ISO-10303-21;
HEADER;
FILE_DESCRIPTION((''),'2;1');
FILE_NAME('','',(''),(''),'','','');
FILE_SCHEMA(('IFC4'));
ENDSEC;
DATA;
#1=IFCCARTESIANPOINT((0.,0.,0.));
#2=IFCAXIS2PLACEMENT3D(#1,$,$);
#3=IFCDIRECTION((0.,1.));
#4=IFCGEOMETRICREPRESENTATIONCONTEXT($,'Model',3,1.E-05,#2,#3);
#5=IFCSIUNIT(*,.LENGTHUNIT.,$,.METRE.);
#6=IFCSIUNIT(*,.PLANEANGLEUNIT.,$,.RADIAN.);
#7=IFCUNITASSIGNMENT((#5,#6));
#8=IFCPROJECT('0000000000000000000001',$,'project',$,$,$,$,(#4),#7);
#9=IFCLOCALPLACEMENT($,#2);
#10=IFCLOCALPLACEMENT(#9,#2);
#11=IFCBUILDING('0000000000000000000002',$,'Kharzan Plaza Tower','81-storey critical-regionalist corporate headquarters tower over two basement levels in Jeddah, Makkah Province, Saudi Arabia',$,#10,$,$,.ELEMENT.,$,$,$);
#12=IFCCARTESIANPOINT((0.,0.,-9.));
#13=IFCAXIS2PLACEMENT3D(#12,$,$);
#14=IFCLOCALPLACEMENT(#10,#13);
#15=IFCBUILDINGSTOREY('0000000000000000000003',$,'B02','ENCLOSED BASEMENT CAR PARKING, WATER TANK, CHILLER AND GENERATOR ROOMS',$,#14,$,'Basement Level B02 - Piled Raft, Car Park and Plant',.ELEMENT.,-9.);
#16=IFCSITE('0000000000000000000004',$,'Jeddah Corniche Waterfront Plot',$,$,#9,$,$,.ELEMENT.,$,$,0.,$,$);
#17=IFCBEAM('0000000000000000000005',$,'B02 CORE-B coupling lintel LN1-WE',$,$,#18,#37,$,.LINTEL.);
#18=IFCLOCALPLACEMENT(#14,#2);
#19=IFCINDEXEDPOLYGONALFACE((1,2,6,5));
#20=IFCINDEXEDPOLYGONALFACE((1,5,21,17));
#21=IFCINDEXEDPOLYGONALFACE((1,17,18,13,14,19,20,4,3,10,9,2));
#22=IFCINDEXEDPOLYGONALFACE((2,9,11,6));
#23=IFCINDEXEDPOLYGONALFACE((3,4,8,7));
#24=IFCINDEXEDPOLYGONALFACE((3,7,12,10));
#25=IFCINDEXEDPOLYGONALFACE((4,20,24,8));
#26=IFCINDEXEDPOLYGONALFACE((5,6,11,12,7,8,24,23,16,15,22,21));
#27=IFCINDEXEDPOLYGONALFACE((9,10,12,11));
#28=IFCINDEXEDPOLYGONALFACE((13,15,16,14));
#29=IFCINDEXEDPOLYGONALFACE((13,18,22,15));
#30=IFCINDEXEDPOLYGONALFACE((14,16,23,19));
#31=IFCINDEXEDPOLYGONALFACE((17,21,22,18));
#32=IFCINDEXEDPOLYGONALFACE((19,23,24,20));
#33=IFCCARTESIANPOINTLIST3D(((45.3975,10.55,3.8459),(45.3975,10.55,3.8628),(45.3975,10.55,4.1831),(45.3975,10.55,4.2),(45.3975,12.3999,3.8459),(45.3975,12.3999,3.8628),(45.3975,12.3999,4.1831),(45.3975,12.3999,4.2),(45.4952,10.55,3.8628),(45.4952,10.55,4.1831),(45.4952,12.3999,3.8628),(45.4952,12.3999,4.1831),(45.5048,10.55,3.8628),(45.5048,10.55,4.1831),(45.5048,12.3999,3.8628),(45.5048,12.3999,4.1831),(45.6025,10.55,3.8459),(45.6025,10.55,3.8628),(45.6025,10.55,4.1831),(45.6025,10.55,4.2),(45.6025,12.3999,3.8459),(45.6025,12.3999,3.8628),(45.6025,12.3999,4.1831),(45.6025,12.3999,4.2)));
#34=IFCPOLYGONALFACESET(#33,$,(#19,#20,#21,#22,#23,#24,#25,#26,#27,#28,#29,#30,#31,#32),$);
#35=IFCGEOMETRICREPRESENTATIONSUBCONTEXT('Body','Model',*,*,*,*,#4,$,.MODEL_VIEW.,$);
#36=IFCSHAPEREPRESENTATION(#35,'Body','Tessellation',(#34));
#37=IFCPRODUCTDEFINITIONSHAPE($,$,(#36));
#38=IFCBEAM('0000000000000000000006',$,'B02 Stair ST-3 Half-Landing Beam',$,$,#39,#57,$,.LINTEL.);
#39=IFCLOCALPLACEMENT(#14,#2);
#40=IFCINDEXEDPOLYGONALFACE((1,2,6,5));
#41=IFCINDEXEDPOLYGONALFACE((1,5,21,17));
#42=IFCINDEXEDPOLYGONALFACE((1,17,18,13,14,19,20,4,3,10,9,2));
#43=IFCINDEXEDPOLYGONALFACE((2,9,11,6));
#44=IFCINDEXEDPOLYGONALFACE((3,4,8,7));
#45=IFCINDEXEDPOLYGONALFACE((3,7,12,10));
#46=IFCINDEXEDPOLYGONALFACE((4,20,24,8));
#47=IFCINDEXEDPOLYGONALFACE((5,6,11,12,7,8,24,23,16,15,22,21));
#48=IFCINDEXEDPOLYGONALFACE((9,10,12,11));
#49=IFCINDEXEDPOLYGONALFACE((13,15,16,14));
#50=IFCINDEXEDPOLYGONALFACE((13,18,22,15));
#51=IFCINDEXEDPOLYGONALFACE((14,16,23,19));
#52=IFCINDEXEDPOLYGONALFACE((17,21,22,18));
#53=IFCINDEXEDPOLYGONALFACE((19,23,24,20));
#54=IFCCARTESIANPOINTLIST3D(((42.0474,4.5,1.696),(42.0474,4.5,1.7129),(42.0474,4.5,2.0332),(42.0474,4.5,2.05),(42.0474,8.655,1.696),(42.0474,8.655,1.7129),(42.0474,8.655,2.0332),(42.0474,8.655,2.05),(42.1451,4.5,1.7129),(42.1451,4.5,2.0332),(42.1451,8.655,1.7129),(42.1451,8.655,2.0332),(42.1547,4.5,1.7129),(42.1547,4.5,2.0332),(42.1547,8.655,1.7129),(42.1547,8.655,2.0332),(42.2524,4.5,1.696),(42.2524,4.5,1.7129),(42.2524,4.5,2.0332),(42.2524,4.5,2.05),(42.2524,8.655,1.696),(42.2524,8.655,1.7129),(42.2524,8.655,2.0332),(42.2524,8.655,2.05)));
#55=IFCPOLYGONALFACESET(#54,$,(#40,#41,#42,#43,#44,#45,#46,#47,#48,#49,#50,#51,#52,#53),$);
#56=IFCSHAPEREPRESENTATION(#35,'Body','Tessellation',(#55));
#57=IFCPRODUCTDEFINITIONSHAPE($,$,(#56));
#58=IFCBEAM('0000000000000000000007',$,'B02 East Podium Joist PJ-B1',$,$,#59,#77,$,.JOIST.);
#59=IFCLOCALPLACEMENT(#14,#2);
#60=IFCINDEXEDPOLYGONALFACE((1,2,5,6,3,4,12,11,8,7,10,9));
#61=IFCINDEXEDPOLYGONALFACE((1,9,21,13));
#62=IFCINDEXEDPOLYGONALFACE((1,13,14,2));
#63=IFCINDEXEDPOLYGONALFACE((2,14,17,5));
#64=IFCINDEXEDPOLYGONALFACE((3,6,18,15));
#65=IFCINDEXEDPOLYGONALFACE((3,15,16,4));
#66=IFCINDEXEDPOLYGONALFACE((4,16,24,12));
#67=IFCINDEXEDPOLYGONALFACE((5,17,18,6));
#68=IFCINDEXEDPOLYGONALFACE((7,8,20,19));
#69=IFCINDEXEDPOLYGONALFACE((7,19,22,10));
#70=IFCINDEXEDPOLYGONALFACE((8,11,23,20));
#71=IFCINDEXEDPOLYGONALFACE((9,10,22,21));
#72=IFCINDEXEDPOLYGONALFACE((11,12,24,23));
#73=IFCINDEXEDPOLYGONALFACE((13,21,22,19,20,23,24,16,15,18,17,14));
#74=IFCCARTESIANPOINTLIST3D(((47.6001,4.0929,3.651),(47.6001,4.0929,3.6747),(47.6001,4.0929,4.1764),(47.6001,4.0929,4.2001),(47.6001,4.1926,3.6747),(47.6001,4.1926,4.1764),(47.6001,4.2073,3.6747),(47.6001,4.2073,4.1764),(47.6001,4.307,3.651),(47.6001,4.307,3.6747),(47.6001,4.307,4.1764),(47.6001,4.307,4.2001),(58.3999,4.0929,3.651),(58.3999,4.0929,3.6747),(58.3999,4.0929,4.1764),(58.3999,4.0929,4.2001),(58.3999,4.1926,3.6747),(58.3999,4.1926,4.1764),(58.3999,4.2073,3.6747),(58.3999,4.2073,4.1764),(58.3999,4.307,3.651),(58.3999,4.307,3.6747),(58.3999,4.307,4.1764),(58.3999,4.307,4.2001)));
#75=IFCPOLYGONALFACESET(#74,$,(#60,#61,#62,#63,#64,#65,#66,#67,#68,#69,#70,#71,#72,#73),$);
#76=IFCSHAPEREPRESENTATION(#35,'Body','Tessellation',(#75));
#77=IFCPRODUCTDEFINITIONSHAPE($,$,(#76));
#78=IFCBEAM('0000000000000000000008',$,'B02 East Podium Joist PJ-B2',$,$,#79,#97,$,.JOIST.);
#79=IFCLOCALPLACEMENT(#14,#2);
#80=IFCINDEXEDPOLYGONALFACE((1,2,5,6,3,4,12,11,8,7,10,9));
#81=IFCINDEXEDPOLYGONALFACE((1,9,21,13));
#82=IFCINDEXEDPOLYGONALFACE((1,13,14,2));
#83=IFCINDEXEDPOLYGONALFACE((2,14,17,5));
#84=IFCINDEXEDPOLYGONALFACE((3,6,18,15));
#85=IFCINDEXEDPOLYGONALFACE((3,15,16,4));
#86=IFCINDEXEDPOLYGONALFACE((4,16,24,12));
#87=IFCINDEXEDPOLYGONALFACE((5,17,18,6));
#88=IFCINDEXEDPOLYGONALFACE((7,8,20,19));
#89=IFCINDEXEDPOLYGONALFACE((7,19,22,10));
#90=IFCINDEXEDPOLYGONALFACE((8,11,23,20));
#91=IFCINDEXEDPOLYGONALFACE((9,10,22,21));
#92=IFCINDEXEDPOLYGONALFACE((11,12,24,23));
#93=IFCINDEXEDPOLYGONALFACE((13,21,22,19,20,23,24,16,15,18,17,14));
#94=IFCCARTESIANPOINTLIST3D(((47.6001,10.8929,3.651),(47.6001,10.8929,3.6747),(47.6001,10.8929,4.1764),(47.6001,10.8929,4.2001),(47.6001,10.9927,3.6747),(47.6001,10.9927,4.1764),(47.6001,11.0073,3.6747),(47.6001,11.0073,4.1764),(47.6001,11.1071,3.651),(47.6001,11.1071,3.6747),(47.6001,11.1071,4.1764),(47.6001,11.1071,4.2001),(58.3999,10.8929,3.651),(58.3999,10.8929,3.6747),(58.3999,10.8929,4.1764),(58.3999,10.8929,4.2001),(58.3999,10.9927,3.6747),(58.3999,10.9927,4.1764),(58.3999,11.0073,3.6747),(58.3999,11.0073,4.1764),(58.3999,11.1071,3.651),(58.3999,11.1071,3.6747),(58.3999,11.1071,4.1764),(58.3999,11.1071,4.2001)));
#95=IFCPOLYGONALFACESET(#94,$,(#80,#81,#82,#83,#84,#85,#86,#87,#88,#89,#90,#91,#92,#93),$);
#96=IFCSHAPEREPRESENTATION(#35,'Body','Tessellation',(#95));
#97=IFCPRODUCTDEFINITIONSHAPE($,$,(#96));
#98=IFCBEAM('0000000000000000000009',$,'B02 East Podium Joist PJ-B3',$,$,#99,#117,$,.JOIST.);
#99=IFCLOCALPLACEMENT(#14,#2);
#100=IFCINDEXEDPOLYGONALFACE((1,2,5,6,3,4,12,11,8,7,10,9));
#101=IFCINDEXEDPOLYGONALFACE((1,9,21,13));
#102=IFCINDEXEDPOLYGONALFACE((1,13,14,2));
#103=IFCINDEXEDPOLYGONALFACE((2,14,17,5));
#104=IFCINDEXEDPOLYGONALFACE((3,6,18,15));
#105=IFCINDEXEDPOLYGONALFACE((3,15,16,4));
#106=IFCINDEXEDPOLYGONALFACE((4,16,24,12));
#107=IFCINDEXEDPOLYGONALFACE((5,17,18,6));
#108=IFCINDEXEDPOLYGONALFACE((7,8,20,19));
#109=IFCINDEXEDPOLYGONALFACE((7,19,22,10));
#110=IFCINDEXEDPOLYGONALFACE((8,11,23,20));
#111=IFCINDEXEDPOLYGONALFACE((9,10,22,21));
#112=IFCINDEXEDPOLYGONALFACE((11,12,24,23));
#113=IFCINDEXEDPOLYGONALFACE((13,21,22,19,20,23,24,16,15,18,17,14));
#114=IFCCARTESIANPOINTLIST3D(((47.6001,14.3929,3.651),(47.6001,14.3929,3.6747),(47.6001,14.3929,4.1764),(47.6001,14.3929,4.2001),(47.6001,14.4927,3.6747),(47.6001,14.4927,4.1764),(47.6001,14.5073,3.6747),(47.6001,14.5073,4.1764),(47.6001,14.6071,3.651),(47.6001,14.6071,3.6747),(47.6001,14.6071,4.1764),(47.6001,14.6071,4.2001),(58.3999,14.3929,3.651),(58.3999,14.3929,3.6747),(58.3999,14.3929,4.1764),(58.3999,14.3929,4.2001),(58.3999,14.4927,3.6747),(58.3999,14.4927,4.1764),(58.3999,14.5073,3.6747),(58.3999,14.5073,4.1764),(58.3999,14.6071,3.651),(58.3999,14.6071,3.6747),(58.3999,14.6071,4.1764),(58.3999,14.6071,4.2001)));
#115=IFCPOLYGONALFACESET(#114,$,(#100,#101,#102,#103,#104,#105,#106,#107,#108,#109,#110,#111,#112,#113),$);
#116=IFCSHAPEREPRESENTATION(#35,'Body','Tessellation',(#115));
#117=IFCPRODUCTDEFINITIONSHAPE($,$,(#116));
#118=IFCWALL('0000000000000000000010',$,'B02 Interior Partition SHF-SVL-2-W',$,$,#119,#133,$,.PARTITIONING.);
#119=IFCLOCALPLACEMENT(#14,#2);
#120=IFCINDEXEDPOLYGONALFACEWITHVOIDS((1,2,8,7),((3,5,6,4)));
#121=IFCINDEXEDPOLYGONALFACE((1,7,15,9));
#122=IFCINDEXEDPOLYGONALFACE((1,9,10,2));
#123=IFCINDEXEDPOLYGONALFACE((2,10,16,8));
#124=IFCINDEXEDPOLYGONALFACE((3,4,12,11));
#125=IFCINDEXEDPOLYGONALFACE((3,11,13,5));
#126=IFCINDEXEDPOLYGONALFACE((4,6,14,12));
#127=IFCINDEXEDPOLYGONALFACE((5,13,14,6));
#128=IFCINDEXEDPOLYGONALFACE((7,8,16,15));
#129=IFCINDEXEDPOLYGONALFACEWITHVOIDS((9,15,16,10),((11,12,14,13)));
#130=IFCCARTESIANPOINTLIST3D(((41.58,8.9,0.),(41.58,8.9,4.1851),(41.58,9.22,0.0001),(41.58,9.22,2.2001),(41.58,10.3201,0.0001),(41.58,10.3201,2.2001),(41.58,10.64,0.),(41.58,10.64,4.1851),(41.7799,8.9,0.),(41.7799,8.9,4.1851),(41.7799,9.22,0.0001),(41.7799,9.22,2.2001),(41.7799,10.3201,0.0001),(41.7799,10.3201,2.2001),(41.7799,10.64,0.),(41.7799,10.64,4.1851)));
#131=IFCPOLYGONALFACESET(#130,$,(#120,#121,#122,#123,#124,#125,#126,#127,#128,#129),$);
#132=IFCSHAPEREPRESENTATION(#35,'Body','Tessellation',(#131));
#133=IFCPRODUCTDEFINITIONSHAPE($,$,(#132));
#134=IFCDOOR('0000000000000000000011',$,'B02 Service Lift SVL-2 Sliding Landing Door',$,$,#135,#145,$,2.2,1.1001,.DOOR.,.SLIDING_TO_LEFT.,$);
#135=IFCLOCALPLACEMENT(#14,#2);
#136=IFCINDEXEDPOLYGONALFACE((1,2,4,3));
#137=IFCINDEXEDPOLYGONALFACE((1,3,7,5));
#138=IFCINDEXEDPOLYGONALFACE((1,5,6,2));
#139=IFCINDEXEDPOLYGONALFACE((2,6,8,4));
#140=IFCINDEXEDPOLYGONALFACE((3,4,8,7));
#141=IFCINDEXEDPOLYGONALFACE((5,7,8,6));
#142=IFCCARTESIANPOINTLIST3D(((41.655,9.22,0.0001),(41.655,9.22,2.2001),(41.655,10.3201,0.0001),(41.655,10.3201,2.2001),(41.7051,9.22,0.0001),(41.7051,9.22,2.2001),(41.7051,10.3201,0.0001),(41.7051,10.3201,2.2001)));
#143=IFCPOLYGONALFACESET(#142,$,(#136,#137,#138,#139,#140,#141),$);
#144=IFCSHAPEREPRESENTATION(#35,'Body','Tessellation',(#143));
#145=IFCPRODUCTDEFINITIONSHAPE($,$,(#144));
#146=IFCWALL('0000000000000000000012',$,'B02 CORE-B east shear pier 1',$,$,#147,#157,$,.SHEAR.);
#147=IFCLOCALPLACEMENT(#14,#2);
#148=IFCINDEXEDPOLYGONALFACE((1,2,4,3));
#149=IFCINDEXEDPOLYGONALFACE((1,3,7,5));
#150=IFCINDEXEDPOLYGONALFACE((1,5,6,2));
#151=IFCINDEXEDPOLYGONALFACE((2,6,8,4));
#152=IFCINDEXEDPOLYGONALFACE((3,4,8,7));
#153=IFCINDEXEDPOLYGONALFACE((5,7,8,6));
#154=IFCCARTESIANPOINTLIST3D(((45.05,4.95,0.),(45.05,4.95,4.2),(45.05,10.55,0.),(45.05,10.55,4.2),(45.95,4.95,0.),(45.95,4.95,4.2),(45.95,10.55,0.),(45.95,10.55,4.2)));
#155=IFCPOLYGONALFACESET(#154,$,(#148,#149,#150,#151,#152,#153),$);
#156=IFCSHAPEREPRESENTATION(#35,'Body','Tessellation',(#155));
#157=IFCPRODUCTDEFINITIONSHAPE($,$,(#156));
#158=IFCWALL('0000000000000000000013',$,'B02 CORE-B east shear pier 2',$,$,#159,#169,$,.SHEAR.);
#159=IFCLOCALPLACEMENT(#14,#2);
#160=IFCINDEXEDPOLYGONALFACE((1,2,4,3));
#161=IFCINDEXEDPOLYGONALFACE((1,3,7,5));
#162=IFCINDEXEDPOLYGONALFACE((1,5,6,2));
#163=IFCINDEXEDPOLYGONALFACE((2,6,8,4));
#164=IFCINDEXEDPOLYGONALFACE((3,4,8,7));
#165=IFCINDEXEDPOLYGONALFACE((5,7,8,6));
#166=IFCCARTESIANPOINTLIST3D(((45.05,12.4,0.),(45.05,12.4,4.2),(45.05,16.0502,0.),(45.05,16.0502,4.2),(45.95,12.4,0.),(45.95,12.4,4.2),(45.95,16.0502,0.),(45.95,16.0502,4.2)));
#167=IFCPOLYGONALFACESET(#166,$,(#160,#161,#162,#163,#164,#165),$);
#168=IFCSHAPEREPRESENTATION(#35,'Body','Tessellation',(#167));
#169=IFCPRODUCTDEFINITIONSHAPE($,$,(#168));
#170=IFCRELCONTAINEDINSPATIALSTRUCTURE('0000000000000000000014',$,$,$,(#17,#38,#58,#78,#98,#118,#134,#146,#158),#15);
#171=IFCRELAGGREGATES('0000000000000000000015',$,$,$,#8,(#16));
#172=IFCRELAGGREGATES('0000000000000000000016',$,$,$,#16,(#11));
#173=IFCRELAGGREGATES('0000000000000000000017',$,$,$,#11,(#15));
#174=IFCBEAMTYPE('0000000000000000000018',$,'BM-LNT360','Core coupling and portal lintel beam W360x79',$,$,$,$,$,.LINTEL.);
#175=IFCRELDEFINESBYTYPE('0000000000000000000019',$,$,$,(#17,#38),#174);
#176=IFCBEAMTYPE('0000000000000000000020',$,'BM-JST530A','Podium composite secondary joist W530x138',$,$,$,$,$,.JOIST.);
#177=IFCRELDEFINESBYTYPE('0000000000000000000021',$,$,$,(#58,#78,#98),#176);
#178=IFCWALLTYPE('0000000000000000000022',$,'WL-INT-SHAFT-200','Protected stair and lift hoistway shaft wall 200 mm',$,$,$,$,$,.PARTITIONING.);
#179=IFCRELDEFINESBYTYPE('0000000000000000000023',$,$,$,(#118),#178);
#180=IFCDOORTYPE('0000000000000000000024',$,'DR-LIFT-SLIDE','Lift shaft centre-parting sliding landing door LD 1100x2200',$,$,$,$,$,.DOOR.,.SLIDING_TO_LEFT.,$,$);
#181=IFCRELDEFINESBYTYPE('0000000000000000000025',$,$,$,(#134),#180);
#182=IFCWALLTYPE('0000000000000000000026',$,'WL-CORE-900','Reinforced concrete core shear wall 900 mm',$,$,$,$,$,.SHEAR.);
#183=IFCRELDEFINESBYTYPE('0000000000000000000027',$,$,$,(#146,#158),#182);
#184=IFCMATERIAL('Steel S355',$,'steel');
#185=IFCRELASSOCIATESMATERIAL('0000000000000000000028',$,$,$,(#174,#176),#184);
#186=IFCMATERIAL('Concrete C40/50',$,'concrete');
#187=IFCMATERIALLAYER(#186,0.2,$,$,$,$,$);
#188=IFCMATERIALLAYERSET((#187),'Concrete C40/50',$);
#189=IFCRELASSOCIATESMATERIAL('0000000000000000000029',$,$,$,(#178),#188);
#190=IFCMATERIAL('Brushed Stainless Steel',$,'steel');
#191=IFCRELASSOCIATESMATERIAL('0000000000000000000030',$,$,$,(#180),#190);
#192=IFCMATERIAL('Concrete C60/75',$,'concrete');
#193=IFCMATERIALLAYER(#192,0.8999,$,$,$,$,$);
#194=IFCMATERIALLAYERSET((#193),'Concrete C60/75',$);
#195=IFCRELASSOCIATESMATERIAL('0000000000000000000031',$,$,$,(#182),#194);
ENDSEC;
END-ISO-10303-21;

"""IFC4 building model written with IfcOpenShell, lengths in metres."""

from ifc_helpers import new_model, si_unit, direction, frame, frame_2d, origin, origin_2d, place, context, subcontext, project, spatial, rectangle, i_section, extrude, source, transform, mapped, material, layer, layer_set, material_profile, profile_set, type_object, element, fill, save


model = new_model("IFC4")

# Units and contexts
model_context = context("Model", 3, precision=1e-05, world=origin(), true_north=direction((0.0, 1.0)))
body_context = subcontext(model_context, "Body", "Model", "MODEL_VIEW")
ifc_project = project(units=[si_unit("LENGTHUNIT", "METRE"), si_unit("PLANEANGLEUNIT", "RADIAN")], contexts=[model_context])

# Site, building, storey
site_placement = place(None, origin())
site = spatial("IfcSite", under=ifc_project, at=site_placement, Name="Jeddah Corniche Waterfront Plot", CompositionType="ELEMENT", RefElevation=0.0)
building_placement = place(site_placement, origin())
building = spatial("IfcBuilding", under=site, at=building_placement, Name="Kharzan Plaza Tower", Description="81-storey critical-regionalist corporate headquarters tower over two basement levels in Jeddah, Makkah Province, Saudi Arabia", CompositionType="ELEMENT")
storey_placement = place(building_placement, frame((0.0, 0.0, -9.0)))
storey = spatial("IfcBuildingStorey", under=building, at=storey_placement, Name="B02", Description="ENCLOSED BASEMENT CAR PARKING, WATER TANK, CHILLER AND GENERATOR ROOMS", LongName="Basement Level B02 - Piled Raft, Car Park and Plant", CompositionType="ELEMENT", Elevation=-9.0)

# Shared definitions
ifc_material_1 = material(Name="Concrete C60/75", Category="concrete")

# Beams
ifc_material_2 = material(Name="Steel S355", Category="steel")
ifc_material_profile_1 = material_profile(ifc_material_2, i_section(OverallWidth=0.2051, OverallDepth=0.354, WebThickness=0.0095, FlangeThickness=0.0168, at=origin_2d()), Name="W360x79")
ifc_profile_set_1 = profile_set([ifc_material_profile_1], Name="Steel S355")
beam_type_1 = type_object("IfcBeamType", Name="BM-LNT360", Description="Core coupling and portal lintel beam W360x79", PredefinedType="LINTEL", material=ifc_profile_set_1)
shared_shape_1 = source(origin(), body_context, "Body", "SweptSolid", [
    extrude(i_section(OverallWidth=0.2051, OverallDepth=0.354, WebThickness=0.0095, FlangeThickness=0.0168, at=origin_2d()), origin(), (0.0, 0.0, 1.0), 1.8499),
])
beam_1_placement = place(storey_placement, frame((45.5, 10.55, 4.0229), z_axis=(0.0, 1.0, 0.0), x_axis=(-1.0, 0.0, 0.0)))
element("IfcBeam", 1, at=beam_1_placement, inside=storey, type_object=beam_type_1, Name="B02 CORE-B coupling lintel LN1-WE", PredefinedType="LINTEL", context=body_context, shape_type="MappedRepresentation", body=[
    mapped(shared_shape_1, transform((0.0, 0.0, 0.0), x_axis=(1.0, 0.0, 0.0), y_axis=(0.0, 1.0, 0.0), z_axis=(0.0, 0.0, 1.0))),
])
shared_shape_2 = source(origin(), body_context, "Body", "SweptSolid", [
    extrude(i_section(OverallWidth=0.2051, OverallDepth=0.354, WebThickness=0.0095, FlangeThickness=0.0168, at=origin_2d()), origin(), (0.0, 0.0, 1.0), 4.155),
])
beam_2_placement = place(storey_placement, frame((42.1499, 4.5, 1.873), z_axis=(0.0, 1.0, 0.0), x_axis=(-1.0, 0.0, 0.0)))
element("IfcBeam", 2, at=beam_2_placement, inside=storey, type_object=beam_type_1, Name="B02 Stair ST-3 Half-Landing Beam", PredefinedType="LINTEL", context=body_context, shape_type="MappedRepresentation", body=[
    mapped(shared_shape_2, transform((0.0, 0.0, 0.0), x_axis=(1.0, 0.0, 0.0), y_axis=(0.0, 1.0, 0.0), z_axis=(0.0, 0.0, 1.0))),
])
ifc_material_profile_2 = material_profile(ifc_material_2, i_section(OverallWidth=0.2141, OverallDepth=0.5491, WebThickness=0.0146, FlangeThickness=0.0237, at=origin_2d()), Name="W530x138")
ifc_profile_set_2 = profile_set([ifc_material_profile_2], Name="Steel S355")
beam_type_2 = type_object("IfcBeamType", Name="BM-JST530A", Description="Podium composite secondary joist W530x138", PredefinedType="JOIST", material=ifc_profile_set_2)
shared_shape_3 = source(origin(), body_context, "Body", "SweptSolid", [
    extrude(i_section(OverallWidth=0.2141, OverallDepth=0.5491, WebThickness=0.0146, FlangeThickness=0.0237, at=origin_2d()), origin(), (0.0, 0.0, 1.0), 10.7998),
])
for number, where, z_axis, x_axis, name in (
    (3, (47.6001, 4.2, 3.9255), (1.0, 0.0, 0.0), (0.0, 1.0, 0.0), "B02 East Podium Joist PJ-B1"),
    (4, (47.6001, 11.0, 3.9255), (1.0, 0.0, 0.0), (0.0, 1.0, 0.0), "B02 East Podium Joist PJ-B2"),
    (5, (47.6001, 14.5, 3.9255), (1.0, 0.0, 0.0), (0.0, 1.0, 0.0), "B02 East Podium Joist PJ-B3"),
):
    element("IfcBeam", number, at=place(storey_placement, frame(where, z_axis=z_axis, x_axis=x_axis)), inside=storey, type_object=beam_type_2, Name=name, PredefinedType="JOIST", context=body_context, shape_type="MappedRepresentation", body=[
        mapped(shared_shape_3, transform((0.0, 0.0, 0.0), x_axis=(1.0, 0.0, 0.0), y_axis=(0.0, 1.0, 0.0), z_axis=(0.0, 0.0, 1.0))),
    ])

# Wall, opening, door
ifc_material_3 = material(Name="Concrete C40/50", Category="concrete")
ifc_layer_1 = layer(ifc_material_3, 0.2)
ifc_layer_set_1 = layer_set([ifc_layer_1], Name="Concrete C40/50")
wall_type_1 = type_object("IfcWallType", Name="WL-INT-SHAFT-200", Description="Protected stair and lift hoistway shaft wall 200 mm", PredefinedType="PARTITIONING", material=ifc_layer_set_1)
wall_1_placement = place(storey_placement, frame((41.6799, 8.8999, 0.0), z_axis=(0.0, 0.0, 1.0), x_axis=(0.0, 1.0, 0.0)))
wall_1 = element("IfcWall", 6, at=wall_1_placement, inside=storey, type_object=wall_type_1, Name="B02 Interior Partition SHF-SVL-2-W", PredefinedType="PARTITIONING", context=body_context, shape_type="SweptSolid", body=[
    extrude(rectangle(XDim=1.74, YDim=0.2, at=frame_2d((0.8701, 0.0))), origin(), (0.0, 0.0, 1.0), 4.1851),
])
opening_placement = place(wall_1_placement, frame((0.3201, 0.0, 0.0)))
opening = element("IfcOpeningElement", 7, at=opening_placement, cuts=wall_1, PredefinedType="OPENING", context=body_context, shape_type="SweptSolid", body=[
    extrude(rectangle(XDim=1.1001, YDim=2.2, at=frame_2d((0.55, 1.1001))), frame((0.0, 0.1099, 0.0), z_axis=(0.0, -1.0, 0.0), x_axis=(1.0, 0.0, 0.0)), (0.0, 0.0, 1.0), 0.22),
])
ifc_material_4 = material(Name="Brushed Stainless Steel", Category="steel")
door_type = type_object("IfcDoorType", Name="DR-LIFT-SLIDE", Description="Lift shaft centre-parting sliding landing door LD 1100x2200", OperationType="SLIDING_TO_LEFT", PredefinedType="DOOR", material=ifc_material_4)
shared_shape_4 = source(origin(), body_context, "Body", "SweptSolid", [
    extrude(rectangle(XDim=1.1001, YDim=2.2, at=frame_2d((0.55, 1.1001))), frame((0.0, 0.0249, 0.0), z_axis=(0.0, -1.0, 0.0), x_axis=(1.0, 0.0, 0.0)), (0.0, 0.0, 1.0), 0.05),
])
door_placement = place(opening_placement, origin())
door = element("IfcDoor", 8, at=door_placement, inside=storey, type_object=door_type, Name="B02 Service Lift SVL-2 Sliding Landing Door", OperationType="SLIDING_TO_LEFT", OverallHeight=2.2, OverallWidth=1.1001, PredefinedType="DOOR", context=body_context, shape_type="MappedRepresentation", body=[
    mapped(shared_shape_4, transform((0.0, 0.0, 0.0), x_axis=(1.0, 0.0, 0.0), y_axis=(0.0, 1.0, 0.0), z_axis=(0.0, 0.0, 1.0))),
])
fill(opening, door)

# Walls
ifc_layer_2 = layer(ifc_material_1, 0.8999)
ifc_layer_set_2 = layer_set([ifc_layer_2], Name="Concrete C60/75")
wall_type_2 = type_object("IfcWallType", Name="WL-CORE-900", Description="Reinforced concrete core shear wall 900 mm", PredefinedType="SHEAR", material=ifc_layer_set_2)
shared_shape_5 = source(origin(), body_context, "Body", "SweptSolid", [
    extrude(rectangle(XDim=5.6001, YDim=0.8999, at=frame_2d((2.8, 0.0))), origin(), (0.0, 0.0, 1.0), 4.2),
])
wall_2_placement = place(storey_placement, frame((45.5, 4.95, 0.0), z_axis=(0.0, 0.0, 1.0), x_axis=(0.0, 1.0, 0.0)))
element("IfcWall", 9, at=wall_2_placement, inside=storey, type_object=wall_type_2, Name="B02 CORE-B east shear pier 1", PredefinedType="SHEAR", context=body_context, shape_type="MappedRepresentation", body=[
    mapped(shared_shape_5, transform((0.0, 0.0, 0.0), x_axis=(1.0, 0.0, 0.0), y_axis=(0.0, 1.0, 0.0), z_axis=(0.0, 0.0, 1.0))),
])
shared_shape_6 = source(origin(), body_context, "Body", "SweptSolid", [
    extrude(rectangle(XDim=3.6501, YDim=0.8999, at=frame_2d((1.8252, 0.0))), origin(), (0.0, 0.0, 1.0), 4.2),
])
wall_3_placement = place(storey_placement, frame((45.5, 12.3999, 0.0), z_axis=(0.0, 0.0, 1.0), x_axis=(0.0, 1.0, 0.0)))
element("IfcWall", 10, at=wall_3_placement, inside=storey, type_object=wall_type_2, Name="B02 CORE-B east shear pier 2", PredefinedType="SHEAR", context=body_context, shape_type="MappedRepresentation", body=[
    mapped(shared_shape_6, transform((0.0, 0.0, 0.0), x_axis=(1.0, 0.0, 0.0), y_axis=(0.0, 1.0, 0.0), z_axis=(0.0, 0.0, 1.0))),
])

save(model, "model.ifc")
